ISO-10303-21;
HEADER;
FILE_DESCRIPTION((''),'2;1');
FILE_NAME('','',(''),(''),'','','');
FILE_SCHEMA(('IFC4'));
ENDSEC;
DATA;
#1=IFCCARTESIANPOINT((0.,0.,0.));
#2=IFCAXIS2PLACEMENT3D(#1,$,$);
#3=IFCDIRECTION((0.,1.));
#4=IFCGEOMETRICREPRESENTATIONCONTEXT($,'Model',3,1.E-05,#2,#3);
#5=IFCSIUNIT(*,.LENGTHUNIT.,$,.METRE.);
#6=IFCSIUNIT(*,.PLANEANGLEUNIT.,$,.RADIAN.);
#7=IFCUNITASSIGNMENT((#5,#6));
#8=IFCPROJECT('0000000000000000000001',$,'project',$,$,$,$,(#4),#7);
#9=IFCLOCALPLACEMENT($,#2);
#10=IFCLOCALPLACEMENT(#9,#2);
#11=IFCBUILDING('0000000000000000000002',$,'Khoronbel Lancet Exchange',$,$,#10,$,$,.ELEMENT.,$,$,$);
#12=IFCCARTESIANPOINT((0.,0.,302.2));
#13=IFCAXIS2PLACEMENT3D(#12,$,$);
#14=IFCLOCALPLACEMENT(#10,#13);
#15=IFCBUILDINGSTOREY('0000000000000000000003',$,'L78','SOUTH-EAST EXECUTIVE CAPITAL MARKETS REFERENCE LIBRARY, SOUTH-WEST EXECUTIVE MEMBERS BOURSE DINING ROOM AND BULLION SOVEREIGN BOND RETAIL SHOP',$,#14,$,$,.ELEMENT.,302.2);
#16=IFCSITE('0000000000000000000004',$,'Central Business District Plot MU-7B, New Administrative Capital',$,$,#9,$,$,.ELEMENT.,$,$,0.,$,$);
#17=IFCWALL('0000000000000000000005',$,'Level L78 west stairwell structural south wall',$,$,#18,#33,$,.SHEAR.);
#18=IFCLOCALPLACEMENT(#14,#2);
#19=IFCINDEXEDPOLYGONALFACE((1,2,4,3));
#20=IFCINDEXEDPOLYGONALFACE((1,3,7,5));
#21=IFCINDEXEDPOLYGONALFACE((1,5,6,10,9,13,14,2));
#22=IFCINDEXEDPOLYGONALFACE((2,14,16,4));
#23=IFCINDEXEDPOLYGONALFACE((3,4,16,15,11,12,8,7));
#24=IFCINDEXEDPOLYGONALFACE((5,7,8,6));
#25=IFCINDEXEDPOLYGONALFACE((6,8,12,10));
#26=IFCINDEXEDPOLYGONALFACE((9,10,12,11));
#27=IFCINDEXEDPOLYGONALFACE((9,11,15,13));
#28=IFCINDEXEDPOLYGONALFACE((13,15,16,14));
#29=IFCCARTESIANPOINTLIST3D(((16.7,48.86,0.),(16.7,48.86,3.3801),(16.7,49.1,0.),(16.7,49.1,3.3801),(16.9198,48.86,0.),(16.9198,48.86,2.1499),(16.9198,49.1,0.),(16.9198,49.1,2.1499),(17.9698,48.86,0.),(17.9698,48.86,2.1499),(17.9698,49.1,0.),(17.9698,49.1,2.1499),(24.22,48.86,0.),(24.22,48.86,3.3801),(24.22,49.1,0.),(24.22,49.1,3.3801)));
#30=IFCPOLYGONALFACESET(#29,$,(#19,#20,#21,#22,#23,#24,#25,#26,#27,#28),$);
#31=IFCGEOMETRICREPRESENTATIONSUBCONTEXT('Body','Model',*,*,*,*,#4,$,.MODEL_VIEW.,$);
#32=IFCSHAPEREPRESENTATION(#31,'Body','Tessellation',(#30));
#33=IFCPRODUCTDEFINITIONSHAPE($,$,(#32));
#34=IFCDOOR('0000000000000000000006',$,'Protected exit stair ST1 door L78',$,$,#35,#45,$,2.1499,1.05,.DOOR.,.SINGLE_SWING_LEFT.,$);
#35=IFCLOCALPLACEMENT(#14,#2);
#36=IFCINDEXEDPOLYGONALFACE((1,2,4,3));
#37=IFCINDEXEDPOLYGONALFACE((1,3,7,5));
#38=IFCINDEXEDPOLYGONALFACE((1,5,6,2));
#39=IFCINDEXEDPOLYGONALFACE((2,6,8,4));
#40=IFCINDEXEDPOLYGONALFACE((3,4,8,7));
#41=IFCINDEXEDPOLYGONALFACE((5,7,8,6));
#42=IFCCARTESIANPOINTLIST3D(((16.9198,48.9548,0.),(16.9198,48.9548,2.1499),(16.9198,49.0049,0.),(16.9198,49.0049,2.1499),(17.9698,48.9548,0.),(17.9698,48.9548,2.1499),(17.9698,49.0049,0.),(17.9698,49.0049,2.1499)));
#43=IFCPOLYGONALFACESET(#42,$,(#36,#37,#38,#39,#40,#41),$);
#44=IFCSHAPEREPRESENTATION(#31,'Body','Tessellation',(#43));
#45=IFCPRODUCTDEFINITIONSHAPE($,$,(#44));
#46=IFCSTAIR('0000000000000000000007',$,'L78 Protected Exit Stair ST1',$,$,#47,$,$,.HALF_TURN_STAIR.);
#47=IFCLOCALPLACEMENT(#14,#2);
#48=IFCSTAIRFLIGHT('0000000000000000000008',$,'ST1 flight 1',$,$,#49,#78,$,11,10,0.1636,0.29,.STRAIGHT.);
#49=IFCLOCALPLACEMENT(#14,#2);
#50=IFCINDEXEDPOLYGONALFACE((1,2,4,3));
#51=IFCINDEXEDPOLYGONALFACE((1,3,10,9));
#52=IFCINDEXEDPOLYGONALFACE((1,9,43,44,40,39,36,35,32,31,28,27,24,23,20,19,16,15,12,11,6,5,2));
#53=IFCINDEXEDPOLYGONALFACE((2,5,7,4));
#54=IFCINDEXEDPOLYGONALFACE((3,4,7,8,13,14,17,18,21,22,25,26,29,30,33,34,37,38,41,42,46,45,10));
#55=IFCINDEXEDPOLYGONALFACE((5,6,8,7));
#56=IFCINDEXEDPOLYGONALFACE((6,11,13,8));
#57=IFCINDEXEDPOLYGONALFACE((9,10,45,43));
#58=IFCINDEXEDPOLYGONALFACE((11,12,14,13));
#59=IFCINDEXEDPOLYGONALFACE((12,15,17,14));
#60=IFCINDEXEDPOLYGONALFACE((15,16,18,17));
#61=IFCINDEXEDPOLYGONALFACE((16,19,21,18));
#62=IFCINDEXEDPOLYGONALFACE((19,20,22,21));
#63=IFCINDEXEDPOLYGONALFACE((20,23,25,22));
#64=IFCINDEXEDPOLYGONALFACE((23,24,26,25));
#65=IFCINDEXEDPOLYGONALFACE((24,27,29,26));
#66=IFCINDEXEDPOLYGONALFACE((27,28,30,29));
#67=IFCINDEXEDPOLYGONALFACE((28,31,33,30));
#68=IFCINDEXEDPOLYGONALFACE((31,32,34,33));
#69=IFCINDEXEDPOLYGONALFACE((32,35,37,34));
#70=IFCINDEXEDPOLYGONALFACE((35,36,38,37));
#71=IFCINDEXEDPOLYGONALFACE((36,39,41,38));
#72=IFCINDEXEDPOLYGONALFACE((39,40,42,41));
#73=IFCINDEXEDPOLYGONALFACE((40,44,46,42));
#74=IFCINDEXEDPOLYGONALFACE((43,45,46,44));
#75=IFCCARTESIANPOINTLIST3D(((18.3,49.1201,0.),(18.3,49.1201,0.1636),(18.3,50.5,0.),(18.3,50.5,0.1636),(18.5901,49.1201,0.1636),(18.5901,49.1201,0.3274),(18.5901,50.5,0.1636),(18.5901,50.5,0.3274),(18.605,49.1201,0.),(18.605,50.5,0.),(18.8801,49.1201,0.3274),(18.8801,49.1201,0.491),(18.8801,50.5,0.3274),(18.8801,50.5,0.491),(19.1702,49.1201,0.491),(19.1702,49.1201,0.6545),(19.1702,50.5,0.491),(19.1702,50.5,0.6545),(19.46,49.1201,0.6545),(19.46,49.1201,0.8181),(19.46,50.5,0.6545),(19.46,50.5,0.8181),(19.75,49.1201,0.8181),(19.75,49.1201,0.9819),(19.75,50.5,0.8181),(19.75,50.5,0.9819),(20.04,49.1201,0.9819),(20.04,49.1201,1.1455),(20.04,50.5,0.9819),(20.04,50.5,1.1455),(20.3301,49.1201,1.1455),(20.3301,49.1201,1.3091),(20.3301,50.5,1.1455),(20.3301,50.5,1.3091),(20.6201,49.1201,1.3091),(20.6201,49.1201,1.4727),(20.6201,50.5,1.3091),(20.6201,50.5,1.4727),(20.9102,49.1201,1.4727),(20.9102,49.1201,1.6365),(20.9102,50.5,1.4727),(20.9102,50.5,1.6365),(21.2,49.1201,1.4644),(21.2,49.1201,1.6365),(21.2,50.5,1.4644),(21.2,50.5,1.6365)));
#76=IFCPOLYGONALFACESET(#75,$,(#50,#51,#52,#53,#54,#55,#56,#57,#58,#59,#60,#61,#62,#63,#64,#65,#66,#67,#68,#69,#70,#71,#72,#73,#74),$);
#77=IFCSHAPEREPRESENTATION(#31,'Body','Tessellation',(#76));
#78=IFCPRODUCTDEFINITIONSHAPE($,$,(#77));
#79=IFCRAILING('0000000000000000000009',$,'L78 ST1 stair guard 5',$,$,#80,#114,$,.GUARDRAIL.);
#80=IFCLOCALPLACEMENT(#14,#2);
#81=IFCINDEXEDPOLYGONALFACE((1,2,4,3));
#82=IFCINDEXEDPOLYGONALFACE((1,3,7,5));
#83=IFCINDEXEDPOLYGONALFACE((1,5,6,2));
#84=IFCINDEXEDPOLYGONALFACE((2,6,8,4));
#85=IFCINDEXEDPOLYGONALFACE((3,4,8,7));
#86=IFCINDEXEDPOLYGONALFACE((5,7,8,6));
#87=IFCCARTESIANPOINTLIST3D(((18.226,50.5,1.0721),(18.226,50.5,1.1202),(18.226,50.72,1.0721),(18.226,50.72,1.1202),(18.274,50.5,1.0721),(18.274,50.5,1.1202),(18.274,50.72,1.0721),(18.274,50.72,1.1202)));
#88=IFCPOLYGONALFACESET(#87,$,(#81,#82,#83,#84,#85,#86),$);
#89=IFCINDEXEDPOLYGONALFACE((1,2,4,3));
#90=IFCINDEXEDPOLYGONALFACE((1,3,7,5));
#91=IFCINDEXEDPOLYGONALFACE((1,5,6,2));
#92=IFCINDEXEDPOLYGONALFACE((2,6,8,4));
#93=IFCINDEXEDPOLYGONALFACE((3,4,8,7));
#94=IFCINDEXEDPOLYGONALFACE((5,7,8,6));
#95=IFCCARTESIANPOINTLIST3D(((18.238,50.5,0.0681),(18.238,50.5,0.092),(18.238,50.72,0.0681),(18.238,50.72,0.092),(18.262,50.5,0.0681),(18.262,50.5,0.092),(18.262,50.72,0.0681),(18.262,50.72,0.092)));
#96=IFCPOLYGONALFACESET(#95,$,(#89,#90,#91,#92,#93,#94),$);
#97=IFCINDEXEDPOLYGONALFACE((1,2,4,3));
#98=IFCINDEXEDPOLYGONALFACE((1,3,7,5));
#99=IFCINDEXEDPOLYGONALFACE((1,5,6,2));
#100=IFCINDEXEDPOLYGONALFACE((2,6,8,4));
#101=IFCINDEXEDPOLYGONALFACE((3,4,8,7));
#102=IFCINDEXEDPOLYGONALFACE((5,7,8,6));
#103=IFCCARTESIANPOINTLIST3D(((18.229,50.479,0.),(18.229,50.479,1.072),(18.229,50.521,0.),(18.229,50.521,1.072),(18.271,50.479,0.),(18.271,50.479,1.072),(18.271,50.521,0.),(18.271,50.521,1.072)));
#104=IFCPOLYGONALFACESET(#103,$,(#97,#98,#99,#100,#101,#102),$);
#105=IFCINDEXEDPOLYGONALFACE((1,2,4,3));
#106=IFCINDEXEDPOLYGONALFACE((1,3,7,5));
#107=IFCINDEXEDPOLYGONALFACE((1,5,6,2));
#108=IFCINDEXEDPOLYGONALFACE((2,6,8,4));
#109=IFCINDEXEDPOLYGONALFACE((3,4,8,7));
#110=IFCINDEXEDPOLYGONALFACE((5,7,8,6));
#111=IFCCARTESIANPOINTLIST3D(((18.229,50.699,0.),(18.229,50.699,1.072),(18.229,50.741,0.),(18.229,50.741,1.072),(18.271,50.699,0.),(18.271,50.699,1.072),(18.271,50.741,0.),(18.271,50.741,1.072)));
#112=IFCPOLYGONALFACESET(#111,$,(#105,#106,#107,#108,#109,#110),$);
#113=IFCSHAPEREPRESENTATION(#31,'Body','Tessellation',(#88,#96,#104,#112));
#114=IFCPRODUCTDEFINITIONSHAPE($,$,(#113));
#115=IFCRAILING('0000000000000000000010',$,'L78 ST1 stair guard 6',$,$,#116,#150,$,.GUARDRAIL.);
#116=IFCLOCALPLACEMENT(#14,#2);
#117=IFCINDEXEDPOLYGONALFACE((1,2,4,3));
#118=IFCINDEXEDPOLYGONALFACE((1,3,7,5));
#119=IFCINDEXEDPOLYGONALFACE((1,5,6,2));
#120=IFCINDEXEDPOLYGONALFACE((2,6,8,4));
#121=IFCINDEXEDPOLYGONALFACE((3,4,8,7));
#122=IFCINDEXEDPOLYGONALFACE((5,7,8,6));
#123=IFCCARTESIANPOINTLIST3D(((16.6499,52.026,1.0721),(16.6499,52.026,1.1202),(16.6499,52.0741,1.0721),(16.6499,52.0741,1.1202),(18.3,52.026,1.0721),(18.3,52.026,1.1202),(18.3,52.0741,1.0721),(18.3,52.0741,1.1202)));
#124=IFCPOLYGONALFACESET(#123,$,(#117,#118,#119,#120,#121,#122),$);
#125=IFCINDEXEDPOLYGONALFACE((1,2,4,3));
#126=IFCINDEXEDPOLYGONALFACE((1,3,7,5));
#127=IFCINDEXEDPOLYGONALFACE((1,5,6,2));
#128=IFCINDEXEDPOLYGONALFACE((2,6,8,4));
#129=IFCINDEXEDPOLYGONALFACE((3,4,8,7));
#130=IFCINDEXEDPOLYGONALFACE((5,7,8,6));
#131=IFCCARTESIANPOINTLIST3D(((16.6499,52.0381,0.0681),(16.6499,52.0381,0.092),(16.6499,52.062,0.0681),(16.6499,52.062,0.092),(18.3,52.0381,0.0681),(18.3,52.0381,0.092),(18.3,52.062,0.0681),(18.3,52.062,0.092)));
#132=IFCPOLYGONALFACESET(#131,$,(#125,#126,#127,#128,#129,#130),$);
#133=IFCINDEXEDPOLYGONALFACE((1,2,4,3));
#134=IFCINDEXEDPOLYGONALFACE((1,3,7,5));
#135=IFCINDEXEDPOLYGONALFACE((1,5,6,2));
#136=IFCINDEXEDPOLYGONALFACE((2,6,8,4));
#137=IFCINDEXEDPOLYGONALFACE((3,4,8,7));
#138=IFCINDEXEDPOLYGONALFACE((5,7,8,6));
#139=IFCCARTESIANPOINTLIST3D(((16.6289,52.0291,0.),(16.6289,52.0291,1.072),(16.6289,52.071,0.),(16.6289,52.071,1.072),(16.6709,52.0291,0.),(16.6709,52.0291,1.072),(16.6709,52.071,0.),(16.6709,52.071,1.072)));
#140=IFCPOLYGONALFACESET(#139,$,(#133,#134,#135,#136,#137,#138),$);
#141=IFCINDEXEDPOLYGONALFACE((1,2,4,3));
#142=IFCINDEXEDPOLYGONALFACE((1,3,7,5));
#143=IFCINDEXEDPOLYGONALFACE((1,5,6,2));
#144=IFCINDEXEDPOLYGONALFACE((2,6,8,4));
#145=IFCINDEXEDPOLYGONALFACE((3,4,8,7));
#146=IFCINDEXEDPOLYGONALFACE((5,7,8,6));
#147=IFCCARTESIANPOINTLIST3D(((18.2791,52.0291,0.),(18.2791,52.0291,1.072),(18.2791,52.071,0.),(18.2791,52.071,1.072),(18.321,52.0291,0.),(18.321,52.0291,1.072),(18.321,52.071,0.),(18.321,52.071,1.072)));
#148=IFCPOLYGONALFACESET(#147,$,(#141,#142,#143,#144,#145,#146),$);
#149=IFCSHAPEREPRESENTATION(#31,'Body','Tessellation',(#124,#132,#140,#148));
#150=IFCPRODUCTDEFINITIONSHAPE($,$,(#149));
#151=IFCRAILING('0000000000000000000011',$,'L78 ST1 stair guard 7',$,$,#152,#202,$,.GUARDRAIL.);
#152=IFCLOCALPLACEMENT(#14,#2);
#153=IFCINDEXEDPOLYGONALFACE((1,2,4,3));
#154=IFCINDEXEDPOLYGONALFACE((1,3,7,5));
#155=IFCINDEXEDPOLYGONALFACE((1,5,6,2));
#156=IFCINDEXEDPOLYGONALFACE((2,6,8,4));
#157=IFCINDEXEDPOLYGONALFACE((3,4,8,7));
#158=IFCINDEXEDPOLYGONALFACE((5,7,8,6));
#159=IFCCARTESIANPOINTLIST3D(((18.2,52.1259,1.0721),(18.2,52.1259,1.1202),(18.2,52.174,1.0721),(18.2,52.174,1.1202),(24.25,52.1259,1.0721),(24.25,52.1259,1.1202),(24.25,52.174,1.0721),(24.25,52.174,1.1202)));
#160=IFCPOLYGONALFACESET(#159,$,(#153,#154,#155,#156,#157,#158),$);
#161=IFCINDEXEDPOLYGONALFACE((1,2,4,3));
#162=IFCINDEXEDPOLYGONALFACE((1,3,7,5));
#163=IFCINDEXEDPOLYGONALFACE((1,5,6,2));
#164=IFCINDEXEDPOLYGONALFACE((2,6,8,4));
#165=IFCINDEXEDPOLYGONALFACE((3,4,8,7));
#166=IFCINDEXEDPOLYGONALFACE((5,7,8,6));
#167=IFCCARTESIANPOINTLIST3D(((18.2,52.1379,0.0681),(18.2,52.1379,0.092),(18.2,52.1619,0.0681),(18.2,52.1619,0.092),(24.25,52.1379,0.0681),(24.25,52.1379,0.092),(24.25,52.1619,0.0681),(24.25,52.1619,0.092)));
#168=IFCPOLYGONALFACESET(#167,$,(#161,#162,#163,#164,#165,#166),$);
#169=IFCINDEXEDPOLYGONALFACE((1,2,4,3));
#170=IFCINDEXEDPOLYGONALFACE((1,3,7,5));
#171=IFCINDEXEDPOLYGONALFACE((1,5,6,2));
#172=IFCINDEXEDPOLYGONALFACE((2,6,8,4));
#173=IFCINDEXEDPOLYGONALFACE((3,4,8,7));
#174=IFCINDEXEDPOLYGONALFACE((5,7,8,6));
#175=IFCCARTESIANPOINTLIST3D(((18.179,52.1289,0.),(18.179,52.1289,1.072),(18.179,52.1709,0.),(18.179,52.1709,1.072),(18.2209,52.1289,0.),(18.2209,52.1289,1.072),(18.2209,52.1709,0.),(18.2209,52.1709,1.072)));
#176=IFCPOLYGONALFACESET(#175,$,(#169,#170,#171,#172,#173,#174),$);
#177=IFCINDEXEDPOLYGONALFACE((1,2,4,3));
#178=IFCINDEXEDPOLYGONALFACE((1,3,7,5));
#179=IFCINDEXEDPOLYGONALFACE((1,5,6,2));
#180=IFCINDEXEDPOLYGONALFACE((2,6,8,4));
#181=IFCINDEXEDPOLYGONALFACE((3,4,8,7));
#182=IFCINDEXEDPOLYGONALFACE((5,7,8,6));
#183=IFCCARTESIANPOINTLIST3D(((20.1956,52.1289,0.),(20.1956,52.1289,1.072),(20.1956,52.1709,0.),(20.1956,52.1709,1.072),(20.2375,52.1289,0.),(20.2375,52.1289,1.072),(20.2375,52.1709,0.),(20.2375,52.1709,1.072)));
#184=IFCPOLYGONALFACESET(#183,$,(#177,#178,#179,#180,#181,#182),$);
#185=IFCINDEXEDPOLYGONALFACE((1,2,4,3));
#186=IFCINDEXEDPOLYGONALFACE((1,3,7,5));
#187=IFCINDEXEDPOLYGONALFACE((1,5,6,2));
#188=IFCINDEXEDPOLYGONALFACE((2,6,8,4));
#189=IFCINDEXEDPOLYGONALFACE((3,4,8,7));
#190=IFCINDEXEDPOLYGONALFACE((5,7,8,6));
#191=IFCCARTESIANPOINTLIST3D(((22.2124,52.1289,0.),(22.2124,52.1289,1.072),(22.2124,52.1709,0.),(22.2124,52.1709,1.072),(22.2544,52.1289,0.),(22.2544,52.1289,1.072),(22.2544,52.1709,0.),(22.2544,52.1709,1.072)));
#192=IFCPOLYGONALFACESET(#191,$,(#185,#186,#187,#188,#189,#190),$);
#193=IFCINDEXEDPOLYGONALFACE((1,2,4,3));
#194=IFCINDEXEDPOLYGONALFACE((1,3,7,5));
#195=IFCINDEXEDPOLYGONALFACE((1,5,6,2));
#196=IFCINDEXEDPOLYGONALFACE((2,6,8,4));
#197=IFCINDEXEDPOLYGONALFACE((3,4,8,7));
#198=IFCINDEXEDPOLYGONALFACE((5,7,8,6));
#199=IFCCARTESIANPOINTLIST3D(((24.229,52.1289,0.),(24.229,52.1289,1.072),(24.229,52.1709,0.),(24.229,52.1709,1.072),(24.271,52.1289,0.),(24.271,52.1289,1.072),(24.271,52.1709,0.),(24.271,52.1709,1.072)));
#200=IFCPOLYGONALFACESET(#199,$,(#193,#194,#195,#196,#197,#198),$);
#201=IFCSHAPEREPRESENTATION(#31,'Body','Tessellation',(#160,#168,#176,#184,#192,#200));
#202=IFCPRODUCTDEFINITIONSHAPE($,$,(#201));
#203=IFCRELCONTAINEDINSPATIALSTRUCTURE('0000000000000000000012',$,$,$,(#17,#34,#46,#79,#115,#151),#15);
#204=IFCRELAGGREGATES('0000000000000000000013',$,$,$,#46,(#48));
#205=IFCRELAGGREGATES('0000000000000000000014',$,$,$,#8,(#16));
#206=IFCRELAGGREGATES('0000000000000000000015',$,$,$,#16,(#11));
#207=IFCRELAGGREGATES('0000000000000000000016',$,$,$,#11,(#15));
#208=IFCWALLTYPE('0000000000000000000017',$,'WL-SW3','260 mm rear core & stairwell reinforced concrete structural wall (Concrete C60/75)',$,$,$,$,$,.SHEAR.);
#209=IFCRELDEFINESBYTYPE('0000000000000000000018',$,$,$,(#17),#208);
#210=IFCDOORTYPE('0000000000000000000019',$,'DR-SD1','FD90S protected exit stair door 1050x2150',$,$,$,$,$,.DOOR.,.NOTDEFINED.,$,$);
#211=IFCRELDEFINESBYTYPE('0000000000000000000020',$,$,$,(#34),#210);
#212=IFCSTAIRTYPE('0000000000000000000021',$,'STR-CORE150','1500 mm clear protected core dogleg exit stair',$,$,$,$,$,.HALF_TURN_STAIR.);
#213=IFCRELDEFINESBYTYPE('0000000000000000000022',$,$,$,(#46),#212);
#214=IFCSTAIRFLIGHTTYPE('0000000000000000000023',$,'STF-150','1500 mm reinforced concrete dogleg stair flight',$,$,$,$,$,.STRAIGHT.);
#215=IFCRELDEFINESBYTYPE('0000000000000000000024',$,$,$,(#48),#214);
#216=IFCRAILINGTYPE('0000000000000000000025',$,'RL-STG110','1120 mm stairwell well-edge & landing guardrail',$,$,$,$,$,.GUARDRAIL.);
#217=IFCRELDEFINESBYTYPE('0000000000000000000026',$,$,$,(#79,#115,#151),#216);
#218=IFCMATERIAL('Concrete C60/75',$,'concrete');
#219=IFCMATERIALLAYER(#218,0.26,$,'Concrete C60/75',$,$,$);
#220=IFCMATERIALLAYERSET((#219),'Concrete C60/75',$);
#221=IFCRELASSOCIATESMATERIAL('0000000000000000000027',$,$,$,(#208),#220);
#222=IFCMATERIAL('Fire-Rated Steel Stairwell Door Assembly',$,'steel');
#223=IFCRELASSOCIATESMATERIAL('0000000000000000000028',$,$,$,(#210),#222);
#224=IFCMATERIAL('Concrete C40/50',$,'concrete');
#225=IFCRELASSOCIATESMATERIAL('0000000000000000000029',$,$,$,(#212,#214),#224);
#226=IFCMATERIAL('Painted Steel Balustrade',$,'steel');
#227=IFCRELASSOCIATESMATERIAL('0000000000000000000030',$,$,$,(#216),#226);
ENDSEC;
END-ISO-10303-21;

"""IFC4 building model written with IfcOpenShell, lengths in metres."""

from ifc_helpers import new_model, si_unit, direction, frame, frame_2d, origin, origin_2d, place, context, subcontext, project, spatial, polyline, rectangle, outline, extrude, material, layer, layer_set, type_object, element, fill, aggregate, save


model = new_model("IFC4")

# Units and contexts
model_context = context("Model", 3, precision=1e-05, world=origin(), true_north=direction((0.0, 1.0)))
body_context = subcontext(model_context, "Body", "Model", "MODEL_VIEW")
ifc_project = project(units=[si_unit("LENGTHUNIT", "METRE"), si_unit("PLANEANGLEUNIT", "RADIAN")], contexts=[model_context])

# Site, building, storey
site_placement = place(None, origin())
site = spatial("IfcSite", under=ifc_project, at=site_placement, Name="Central Business District Plot MU-7B, New Administrative Capital", CompositionType="ELEMENT", RefElevation=0.0)
building_placement = place(site_placement, origin())
building = spatial("IfcBuilding", under=site, at=building_placement, Name="Khoronbel Lancet Exchange", CompositionType="ELEMENT")
storey_placement = place(building_placement, frame((0.0, 0.0, 302.2)))
storey = spatial("IfcBuildingStorey", under=building, at=storey_placement, Name="L78", Description="SOUTH-EAST EXECUTIVE CAPITAL MARKETS REFERENCE LIBRARY, SOUTH-WEST EXECUTIVE MEMBERS BOURSE DINING ROOM AND BULLION SOVEREIGN BOND RETAIL SHOP", CompositionType="ELEMENT", Elevation=302.2)

# Shared definitions
ifc_material_1 = material(Name="Concrete C60/75", Category="concrete")

# Wall, opening, door
ifc_layer_1 = layer(ifc_material_1, 0.26, Name="Concrete C60/75")
ifc_layer_set_1 = layer_set([ifc_layer_1], Name="Concrete C60/75")
wall_type_1 = type_object("IfcWallType", Name="WL-SW3", Description="260 mm rear core & stairwell reinforced concrete structural wall (Concrete C60/75)", PredefinedType="SHEAR", material=ifc_layer_set_1)
wall_1_placement = place(storey_placement, frame((16.7, 48.98, 0.0), z_axis=(0.0, 0.0, 1.0), x_axis=(1.0, 0.0, 0.0)))
wall_1 = element("IfcWall", 1, at=wall_1_placement, inside=storey, type_object=wall_type_1, Name="Level L78 west stairwell structural south wall", PredefinedType="SHEAR", context=body_context, shape_type="SweptSolid", body=[
    extrude(rectangle(XDim=7.52, YDim=0.24, at=frame_2d((3.76, 0.0))), origin(), (0.0, 0.0, 1.0), 3.3801),
])
opening_placement = place(wall_1_placement, frame((0.22, 0.0, 0.0)))
opening = element("IfcOpeningElement", 2, at=opening_placement, cuts=wall_1, PredefinedType="OPENING", context=body_context, shape_type="SweptSolid", body=[
    extrude(rectangle(XDim=1.05, YDim=2.1499, at=frame_2d((0.5249, 1.075))), frame((0.0, 0.1299, 0.0), z_axis=(0.0, -1.0, 0.0), x_axis=(1.0, 0.0, 0.0)), (0.0, 0.0, 1.0), 0.26),
])
ifc_material_2 = material(Name="Fire-Rated Steel Stairwell Door Assembly", Category="steel")
door_type = type_object("IfcDoorType", Name="DR-SD1", Description="FD90S protected exit stair door 1050x2150", OperationType="NOTDEFINED", PredefinedType="DOOR", material=ifc_material_2)
door_placement = place(opening_placement, origin())
door = element("IfcDoor", 3, at=door_placement, inside=storey, type_object=door_type, Name="Protected exit stair ST1 door L78", OperationType="SINGLE_SWING_LEFT", OverallHeight=2.1499, OverallWidth=1.05, PredefinedType="DOOR", context=body_context, shape_type="SweptSolid", body=[
    extrude(rectangle(XDim=1.05, YDim=2.1499, at=frame_2d((0.5249, 1.075))), frame((0.0, 0.0249, 0.0), z_axis=(0.0, -1.0, 0.0), x_axis=(1.0, 0.0, 0.0)), (0.0, 0.0, 1.0), 0.05),
])
fill(opening, door)

# Stair, stair flight
ifc_material_3 = material(Name="Concrete C40/50", Category="concrete")
stair_type = type_object("IfcStairType", Name="STR-CORE150", Description="1500 mm clear protected core dogleg exit stair", PredefinedType="HALF_TURN_STAIR", material=ifc_material_3)
stair_placement = place(storey_placement, origin())
stair = element("IfcStair", 4, at=stair_placement, inside=storey, type_object=stair_type, Name="L78 Protected Exit Stair ST1", PredefinedType="HALF_TURN_STAIR")
stair_flight_type = type_object("IfcStairFlightType", Name="STF-150", Description="1500 mm reinforced concrete dogleg stair flight", PredefinedType="STRAIGHT", material=ifc_material_3)
stair_flight_placement = place(storey_placement, frame((18.3, 49.8101, 0.0), z_axis=(0.0, 0.0, 1.0), x_axis=(1.0, 0.0, 0.0)))
stair_flight = element("IfcStairFlight", 5, at=stair_flight_placement, type_object=stair_flight_type, Name="ST1 flight 1", NumberOfRisers=11, NumberOfTreads=10, PredefinedType="STRAIGHT", RiserHeight=0.1636, TreadLength=0.29, context=body_context, shape_type="SweptSolid", body=[
    extrude(outline(polyline([(0.0, 0.0), (0.0, 0.1636), (0.29, 0.1636), (0.29, 0.3274), (0.5801, 0.3274), (0.5801, 0.491), (0.8701, 0.491), (0.8701, 0.6545), (1.1599, 0.6545), (1.1599, 0.8181), (1.45, 0.8181), (1.45, 0.9819), (1.74, 0.9819), (1.74, 1.1455), (2.03, 1.1455), (2.03, 1.3091), (2.3201, 1.3091), (2.3201, 1.4727), (2.6101, 1.4727), (2.6101, 1.6365), (2.8999, 1.6365), (2.8999, 1.8), (2.8999, 1.4644), (0.3049, 0.0), (0.0, 0.0)])), frame((0.0, 0.6899, 0.0), z_axis=(0.0, -1.0, 0.0), x_axis=(1.0, 0.0, 0.0)), (0.0, 0.0, 1.0), 1.3799),
])
aggregate(stair, [stair_flight])

# Railings
ifc_material_4 = material(Name="Painted Steel Balustrade", Category="steel")
railing_type_1 = type_object("IfcRailingType", Name="RL-STG110", Description="1120 mm stairwell well-edge & landing guardrail", PredefinedType="GUARDRAIL", material=ifc_material_4)
railing_1_placement = place(storey_placement, frame((18.25, 50.5, 0.0)))
element("IfcRailing", 6, at=railing_1_placement, inside=storey, type_object=railing_type_1, Name="L78 ST1 stair guard 5", PredefinedType="GUARDRAIL", context=body_context, shape_type="SweptSolid", body=[
    extrude(rectangle(XDim=0.0481, YDim=0.0481, at=origin_2d()), frame((0.0, 0.0, 1.0962), z_axis=(0.0, 1.0, 0.0), x_axis=(-1.0, 0.0, 0.0)), (0.0, 0.0, 1.0), 0.22),
    extrude(rectangle(XDim=0.0239, YDim=0.0239, at=origin_2d()), frame((0.0, 0.0, 0.0801), z_axis=(0.0, 1.0, 0.0), x_axis=(-1.0, 0.0, 0.0)), (0.0, 0.0, 1.0), 0.22),
    extrude(rectangle(XDim=0.042, YDim=0.042, at=origin_2d()), origin(), (0.0, 0.0, 1.0), 1.072),
    extrude(rectangle(XDim=0.042, YDim=0.042, at=origin_2d()), frame((0.0, 0.22, 0.0)), (0.0, 0.0, 1.0), 1.072),
])
railing_2_placement = place(storey_placement, frame((16.6499, 52.05, 0.0)))
element("IfcRailing", 7, at=railing_2_placement, inside=storey, type_object=railing_type_1, Name="L78 ST1 stair guard 6", PredefinedType="GUARDRAIL", context=body_context, shape_type="SweptSolid", body=[
    extrude(rectangle(XDim=0.0481, YDim=0.0481, at=origin_2d()), frame((0.0, 0.0, 1.0962), z_axis=(1.0, 0.0, 0.0), x_axis=(0.0, 1.0, 0.0)), (0.0, 0.0, 1.0), 1.6501),
    extrude(rectangle(XDim=0.0239, YDim=0.0239, at=origin_2d()), frame((0.0, 0.0, 0.0801), z_axis=(1.0, 0.0, 0.0), x_axis=(0.0, 1.0, 0.0)), (0.0, 0.0, 1.0), 1.6501),
    extrude(rectangle(XDim=0.042, YDim=0.042, at=origin_2d()), origin(), (0.0, 0.0, 1.0), 1.072),
    extrude(rectangle(XDim=0.042, YDim=0.042, at=origin_2d()), frame((1.6501, 0.0, 0.0)), (0.0, 0.0, 1.0), 1.072),
])
railing_3_placement = place(storey_placement, frame((18.2, 52.1499, 0.0)))
element("IfcRailing", 8, at=railing_3_placement, inside=storey, type_object=railing_type_1, Name="L78 ST1 stair guard 7", PredefinedType="GUARDRAIL", context=body_context, shape_type="SweptSolid", body=[
    extrude(rectangle(XDim=0.0481, YDim=0.0481, at=origin_2d()), frame((0.0, 0.0, 1.0962), z_axis=(1.0, 0.0, 0.0), x_axis=(0.0, 1.0, 0.0)), (0.0, 0.0, 1.0), 6.05),
    extrude(rectangle(XDim=0.0239, YDim=0.0239, at=origin_2d()), frame((0.0, 0.0, 0.0801), z_axis=(1.0, 0.0, 0.0), x_axis=(0.0, 1.0, 0.0)), (0.0, 0.0, 1.0), 6.05),
    extrude(rectangle(XDim=0.042, YDim=0.042, at=origin_2d()), origin(), (0.0, 0.0, 1.0), 1.072),
    extrude(rectangle(XDim=0.042, YDim=0.042, at=origin_2d()), frame((2.0166, 0.0, 0.0)), (0.0, 0.0, 1.0), 1.072),
    extrude(rectangle(XDim=0.042, YDim=0.042, at=origin_2d()), frame((4.0334, 0.0, 0.0)), (0.0, 0.0, 1.0), 1.072),
    extrude(rectangle(XDim=0.042, YDim=0.042, at=origin_2d()), frame((6.05, 0.0, 0.0)), (0.0, 0.0, 1.0), 1.072),
])

save(model, "model.ifc")
